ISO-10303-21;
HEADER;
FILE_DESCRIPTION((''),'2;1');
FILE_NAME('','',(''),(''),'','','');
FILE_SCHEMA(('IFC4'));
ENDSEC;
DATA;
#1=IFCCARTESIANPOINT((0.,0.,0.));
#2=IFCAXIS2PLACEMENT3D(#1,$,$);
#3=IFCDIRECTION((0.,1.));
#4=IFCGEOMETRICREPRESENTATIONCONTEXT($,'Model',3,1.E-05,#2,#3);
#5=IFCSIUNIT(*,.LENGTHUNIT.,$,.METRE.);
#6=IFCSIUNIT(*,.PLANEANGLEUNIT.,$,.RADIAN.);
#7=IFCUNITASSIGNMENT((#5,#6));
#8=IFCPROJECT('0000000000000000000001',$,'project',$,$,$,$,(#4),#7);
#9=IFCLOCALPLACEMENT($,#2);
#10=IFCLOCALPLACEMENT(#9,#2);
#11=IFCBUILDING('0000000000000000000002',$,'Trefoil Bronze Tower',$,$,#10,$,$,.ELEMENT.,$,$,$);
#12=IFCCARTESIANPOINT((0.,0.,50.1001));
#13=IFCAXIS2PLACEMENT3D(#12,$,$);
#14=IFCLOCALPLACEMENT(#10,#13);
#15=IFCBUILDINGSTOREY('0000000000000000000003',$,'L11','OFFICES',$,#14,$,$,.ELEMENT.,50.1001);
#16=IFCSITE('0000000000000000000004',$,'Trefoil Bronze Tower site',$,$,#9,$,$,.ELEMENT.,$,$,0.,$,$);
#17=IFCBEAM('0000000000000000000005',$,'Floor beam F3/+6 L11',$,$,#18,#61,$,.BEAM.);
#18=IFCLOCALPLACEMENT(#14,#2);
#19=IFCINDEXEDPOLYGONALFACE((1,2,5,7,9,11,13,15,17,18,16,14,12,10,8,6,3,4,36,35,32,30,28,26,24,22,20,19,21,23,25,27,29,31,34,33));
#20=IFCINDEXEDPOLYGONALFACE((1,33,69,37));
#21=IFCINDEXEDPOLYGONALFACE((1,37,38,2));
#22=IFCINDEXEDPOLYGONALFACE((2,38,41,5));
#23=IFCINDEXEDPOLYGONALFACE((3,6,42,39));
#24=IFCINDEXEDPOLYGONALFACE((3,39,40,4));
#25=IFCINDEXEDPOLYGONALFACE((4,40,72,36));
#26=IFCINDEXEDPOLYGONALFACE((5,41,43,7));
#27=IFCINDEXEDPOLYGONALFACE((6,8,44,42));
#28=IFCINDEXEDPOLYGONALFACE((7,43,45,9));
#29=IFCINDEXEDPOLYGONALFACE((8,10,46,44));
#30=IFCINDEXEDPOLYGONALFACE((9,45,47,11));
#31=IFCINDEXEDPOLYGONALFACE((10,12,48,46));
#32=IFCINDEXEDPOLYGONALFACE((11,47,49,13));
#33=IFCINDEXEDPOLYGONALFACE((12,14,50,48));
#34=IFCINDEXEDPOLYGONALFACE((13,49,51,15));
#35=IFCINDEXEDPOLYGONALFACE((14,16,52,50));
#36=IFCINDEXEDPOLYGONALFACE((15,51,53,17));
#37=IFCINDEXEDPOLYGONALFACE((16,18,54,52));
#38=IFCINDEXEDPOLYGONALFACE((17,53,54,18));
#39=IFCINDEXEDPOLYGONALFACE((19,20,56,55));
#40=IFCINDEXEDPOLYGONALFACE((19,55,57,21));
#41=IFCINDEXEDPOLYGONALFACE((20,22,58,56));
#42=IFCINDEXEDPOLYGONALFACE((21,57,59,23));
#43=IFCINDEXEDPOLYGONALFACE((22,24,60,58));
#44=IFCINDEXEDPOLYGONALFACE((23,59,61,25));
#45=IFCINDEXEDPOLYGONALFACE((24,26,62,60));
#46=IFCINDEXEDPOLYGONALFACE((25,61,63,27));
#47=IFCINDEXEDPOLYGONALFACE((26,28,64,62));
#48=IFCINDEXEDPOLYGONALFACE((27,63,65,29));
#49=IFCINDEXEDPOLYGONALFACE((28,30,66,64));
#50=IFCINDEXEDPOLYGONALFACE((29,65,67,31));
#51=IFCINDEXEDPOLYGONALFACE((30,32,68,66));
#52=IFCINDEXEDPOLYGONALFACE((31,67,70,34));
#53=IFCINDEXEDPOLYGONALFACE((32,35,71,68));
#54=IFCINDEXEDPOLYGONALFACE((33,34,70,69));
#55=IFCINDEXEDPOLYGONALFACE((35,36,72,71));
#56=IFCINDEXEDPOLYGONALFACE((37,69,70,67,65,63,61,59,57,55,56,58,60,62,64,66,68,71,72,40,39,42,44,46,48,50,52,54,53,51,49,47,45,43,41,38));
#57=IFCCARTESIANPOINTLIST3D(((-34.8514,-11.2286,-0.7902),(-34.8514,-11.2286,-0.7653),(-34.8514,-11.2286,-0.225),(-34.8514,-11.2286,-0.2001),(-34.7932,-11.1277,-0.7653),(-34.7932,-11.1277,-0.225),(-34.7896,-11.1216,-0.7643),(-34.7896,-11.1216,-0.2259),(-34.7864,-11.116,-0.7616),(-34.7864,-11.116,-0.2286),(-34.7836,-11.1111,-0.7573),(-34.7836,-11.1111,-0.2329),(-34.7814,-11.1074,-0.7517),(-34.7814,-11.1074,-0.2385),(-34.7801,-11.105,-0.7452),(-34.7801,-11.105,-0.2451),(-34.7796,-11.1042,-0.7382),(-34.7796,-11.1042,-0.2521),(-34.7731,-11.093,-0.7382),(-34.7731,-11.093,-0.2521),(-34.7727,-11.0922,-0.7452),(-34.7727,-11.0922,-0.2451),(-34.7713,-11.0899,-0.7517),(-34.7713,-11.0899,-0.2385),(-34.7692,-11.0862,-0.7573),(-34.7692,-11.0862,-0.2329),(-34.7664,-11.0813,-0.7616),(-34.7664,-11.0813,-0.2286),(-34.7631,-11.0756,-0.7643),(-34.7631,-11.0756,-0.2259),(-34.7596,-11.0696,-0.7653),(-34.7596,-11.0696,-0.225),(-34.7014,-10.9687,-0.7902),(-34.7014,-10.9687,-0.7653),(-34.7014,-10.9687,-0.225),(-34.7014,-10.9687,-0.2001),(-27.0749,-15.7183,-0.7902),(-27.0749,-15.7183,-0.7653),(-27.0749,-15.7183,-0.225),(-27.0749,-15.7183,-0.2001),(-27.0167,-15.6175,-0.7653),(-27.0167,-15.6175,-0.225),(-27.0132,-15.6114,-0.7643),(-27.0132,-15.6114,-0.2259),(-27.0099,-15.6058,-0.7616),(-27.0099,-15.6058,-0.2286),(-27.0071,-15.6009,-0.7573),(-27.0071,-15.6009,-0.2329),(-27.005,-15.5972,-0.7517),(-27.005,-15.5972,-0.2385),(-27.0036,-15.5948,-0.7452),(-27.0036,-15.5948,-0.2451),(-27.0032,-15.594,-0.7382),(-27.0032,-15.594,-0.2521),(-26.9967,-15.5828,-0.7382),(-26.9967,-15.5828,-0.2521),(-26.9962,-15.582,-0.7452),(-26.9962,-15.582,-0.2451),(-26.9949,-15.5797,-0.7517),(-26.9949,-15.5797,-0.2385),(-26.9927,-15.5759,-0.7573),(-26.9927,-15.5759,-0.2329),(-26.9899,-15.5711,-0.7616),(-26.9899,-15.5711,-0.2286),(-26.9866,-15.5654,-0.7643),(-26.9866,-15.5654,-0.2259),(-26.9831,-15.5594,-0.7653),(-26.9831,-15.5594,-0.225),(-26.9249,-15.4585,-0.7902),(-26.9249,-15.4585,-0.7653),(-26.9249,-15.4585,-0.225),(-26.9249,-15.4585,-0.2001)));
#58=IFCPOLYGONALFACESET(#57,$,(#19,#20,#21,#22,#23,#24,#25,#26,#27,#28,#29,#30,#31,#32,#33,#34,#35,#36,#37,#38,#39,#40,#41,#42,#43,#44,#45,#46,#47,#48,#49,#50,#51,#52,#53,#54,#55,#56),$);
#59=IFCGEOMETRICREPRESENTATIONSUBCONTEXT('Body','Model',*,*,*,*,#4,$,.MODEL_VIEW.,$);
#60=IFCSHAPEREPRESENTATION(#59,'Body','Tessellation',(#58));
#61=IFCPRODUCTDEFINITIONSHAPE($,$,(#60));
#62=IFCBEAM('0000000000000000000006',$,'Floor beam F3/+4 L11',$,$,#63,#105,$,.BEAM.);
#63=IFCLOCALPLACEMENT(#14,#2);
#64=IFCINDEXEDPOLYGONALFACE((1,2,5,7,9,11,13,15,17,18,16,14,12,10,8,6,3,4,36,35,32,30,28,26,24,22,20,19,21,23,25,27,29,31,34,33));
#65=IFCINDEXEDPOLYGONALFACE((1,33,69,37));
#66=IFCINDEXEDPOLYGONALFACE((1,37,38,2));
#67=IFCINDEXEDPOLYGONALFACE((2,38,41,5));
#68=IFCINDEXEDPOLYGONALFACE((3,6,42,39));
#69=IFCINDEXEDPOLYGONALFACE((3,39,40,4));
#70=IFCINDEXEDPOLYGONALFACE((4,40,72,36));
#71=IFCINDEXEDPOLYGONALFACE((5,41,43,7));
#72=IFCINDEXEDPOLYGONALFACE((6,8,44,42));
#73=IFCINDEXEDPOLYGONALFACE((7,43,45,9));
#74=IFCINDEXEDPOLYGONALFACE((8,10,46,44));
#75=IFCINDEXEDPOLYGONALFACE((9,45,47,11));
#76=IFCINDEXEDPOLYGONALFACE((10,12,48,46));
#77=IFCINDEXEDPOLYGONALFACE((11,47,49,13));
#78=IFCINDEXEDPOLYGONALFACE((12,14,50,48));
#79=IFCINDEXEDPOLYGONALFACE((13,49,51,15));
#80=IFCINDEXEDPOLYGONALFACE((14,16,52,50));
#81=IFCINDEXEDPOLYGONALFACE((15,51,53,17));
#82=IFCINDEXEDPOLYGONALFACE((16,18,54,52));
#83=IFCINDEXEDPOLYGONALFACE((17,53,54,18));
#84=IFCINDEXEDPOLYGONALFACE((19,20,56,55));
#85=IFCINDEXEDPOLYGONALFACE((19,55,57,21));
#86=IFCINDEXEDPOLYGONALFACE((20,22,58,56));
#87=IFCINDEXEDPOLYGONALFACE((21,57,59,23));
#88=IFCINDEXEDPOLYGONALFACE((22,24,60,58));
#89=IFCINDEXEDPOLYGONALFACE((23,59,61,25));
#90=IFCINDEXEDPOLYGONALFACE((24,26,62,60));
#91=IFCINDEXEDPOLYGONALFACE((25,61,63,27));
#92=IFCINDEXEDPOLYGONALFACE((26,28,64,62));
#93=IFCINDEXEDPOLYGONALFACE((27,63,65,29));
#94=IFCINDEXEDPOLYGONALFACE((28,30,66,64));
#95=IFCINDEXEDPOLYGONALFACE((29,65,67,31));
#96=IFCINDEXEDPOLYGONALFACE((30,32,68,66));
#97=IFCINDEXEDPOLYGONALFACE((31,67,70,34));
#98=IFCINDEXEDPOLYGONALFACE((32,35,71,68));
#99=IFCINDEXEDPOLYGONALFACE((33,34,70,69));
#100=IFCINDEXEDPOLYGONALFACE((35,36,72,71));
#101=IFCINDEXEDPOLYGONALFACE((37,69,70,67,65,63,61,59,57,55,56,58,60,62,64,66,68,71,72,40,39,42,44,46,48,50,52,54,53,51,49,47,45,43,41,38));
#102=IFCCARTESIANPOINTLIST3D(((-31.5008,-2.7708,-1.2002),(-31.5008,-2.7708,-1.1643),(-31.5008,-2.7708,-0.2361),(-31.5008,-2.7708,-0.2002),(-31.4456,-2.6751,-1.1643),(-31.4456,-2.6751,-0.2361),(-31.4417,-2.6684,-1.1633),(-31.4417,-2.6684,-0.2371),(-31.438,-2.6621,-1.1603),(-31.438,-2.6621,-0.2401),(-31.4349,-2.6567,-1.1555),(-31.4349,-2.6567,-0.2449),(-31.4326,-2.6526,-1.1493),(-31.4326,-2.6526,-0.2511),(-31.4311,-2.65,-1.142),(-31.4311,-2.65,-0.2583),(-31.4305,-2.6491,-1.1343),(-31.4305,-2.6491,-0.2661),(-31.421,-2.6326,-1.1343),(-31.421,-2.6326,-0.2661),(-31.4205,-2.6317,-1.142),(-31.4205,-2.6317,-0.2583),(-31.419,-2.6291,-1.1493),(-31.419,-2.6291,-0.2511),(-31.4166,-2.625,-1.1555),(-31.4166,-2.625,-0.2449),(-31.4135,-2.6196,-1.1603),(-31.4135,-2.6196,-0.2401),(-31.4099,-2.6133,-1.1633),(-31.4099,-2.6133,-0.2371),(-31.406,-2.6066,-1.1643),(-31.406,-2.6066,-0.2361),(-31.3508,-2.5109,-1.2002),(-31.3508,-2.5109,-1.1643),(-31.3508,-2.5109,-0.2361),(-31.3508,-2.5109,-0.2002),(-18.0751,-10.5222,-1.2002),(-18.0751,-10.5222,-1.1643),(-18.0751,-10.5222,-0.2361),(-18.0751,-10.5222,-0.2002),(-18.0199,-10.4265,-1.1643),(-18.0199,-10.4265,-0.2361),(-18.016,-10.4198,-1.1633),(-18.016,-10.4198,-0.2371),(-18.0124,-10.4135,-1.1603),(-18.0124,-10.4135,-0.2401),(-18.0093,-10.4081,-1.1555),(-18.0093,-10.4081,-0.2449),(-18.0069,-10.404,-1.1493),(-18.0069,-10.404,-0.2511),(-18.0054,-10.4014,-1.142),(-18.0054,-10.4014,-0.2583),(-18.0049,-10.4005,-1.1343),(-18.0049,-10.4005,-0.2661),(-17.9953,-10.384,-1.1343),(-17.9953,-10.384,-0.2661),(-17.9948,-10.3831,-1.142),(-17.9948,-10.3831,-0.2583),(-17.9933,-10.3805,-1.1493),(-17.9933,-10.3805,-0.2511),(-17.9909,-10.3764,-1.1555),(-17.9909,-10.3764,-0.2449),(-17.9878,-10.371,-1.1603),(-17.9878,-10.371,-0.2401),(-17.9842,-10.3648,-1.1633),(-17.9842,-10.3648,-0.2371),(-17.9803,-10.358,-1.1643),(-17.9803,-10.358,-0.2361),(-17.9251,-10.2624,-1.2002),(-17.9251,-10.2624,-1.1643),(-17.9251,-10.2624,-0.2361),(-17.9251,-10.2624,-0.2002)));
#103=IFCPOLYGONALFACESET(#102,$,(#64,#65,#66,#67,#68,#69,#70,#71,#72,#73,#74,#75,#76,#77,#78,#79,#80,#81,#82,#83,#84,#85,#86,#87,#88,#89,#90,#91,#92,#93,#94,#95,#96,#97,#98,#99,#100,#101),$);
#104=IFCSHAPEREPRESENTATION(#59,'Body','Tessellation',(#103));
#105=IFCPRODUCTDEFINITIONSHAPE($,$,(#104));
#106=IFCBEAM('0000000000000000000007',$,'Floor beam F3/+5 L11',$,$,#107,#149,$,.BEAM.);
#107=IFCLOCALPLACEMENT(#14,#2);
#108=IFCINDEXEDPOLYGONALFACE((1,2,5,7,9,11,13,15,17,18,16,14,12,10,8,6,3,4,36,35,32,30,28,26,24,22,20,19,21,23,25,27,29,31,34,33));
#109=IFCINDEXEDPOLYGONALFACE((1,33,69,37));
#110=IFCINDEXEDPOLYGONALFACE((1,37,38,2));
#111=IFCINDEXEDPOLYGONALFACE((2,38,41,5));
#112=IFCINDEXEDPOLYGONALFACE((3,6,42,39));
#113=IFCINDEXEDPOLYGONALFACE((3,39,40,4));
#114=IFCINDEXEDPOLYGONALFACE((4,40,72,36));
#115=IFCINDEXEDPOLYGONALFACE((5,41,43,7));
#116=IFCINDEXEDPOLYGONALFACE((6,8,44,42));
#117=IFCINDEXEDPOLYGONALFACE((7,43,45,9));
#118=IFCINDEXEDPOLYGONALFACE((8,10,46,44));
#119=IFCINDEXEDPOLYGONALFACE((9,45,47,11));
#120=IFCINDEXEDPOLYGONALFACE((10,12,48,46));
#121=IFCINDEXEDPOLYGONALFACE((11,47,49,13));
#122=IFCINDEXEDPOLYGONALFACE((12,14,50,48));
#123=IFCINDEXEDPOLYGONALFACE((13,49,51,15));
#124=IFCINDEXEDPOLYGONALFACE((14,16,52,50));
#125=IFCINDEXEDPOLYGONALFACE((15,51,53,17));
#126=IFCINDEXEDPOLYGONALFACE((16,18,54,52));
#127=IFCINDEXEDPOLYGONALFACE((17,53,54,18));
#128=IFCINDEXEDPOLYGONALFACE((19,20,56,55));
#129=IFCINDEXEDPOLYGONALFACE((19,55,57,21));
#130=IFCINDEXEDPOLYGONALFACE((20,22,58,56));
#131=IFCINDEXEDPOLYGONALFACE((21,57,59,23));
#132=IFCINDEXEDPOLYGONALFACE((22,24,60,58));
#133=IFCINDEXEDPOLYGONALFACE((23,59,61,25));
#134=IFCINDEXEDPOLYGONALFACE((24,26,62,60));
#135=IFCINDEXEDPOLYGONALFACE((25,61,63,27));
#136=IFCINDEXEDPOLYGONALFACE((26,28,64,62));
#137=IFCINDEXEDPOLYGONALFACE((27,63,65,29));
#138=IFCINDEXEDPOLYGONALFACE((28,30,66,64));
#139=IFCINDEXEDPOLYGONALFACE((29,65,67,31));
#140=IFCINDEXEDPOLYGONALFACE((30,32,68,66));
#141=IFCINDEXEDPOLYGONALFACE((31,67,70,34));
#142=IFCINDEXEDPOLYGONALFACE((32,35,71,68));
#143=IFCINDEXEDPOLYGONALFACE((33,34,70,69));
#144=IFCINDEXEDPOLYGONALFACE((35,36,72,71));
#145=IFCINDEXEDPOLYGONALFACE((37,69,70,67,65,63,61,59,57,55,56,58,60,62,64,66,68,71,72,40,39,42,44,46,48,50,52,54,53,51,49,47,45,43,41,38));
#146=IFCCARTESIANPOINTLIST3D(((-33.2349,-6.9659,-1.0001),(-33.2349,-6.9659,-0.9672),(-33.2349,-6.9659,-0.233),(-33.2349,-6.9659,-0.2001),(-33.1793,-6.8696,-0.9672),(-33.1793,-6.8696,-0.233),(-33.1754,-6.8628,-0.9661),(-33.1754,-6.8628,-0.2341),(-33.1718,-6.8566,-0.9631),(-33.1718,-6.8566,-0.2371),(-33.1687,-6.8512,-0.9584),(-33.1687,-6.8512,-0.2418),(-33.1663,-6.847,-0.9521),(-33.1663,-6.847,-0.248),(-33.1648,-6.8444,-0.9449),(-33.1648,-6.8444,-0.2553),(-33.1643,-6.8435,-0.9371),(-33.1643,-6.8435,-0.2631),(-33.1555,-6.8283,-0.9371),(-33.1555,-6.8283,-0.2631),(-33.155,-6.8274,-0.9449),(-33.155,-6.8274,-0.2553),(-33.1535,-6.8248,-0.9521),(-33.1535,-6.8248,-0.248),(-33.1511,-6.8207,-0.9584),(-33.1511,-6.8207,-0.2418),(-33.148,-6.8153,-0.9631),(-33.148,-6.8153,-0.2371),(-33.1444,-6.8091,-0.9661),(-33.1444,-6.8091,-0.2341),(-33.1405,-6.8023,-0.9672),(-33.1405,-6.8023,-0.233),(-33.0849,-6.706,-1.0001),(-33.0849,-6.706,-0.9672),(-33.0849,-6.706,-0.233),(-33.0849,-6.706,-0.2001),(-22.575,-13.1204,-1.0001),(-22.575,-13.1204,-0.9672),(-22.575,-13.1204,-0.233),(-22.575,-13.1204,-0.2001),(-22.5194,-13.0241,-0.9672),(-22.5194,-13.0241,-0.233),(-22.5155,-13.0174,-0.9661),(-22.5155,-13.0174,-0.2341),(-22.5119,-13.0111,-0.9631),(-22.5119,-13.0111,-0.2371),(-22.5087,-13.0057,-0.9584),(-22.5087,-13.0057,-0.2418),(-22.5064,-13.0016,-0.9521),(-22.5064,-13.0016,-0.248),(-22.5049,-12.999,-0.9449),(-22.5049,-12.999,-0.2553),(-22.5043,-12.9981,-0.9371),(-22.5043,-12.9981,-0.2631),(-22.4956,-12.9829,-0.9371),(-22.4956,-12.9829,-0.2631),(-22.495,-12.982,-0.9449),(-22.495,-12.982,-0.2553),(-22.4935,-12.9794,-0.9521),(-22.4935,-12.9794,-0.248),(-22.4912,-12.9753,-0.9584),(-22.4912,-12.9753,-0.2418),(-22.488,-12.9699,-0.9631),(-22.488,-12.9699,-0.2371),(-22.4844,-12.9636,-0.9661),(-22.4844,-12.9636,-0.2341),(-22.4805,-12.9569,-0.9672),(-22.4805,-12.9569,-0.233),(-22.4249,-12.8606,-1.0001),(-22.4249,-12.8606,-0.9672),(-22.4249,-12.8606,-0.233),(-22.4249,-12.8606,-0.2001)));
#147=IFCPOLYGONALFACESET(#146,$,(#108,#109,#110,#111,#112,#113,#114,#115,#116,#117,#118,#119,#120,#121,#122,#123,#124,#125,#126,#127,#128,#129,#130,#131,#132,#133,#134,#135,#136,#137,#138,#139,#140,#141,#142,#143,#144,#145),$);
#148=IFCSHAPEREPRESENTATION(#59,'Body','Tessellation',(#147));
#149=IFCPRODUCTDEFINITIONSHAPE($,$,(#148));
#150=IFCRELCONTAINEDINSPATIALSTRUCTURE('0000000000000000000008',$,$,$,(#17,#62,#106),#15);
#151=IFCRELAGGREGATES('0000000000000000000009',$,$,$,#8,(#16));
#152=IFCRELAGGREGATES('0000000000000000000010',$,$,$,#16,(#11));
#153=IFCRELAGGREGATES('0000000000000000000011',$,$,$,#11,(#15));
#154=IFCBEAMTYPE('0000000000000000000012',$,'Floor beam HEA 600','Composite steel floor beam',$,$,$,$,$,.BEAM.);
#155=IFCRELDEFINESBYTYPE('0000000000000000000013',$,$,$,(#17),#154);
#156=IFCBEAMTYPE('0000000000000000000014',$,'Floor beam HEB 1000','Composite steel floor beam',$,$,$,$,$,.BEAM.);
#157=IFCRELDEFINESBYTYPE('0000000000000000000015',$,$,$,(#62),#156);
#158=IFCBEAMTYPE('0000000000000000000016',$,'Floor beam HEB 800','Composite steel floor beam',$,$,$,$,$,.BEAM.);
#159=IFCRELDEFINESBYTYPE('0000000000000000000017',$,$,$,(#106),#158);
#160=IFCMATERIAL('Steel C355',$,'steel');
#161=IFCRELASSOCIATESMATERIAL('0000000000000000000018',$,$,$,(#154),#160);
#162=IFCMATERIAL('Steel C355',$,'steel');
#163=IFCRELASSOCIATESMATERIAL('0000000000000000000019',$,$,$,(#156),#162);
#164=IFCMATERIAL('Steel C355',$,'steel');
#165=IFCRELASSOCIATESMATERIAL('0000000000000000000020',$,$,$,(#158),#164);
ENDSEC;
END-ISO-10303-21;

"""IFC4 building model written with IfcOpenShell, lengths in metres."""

from ifc_helpers import new_model, si_unit, direction, frame, origin, origin_2d, place, context, subcontext, project, spatial, i_section, extrude, material, material_profile, profile_set, type_object, element, save


model = new_model("IFC4")

# Units and contexts
model_context = context("Model", 3, precision=1e-05, world=origin(), true_north=direction((0.0, 1.0)))
body_context = subcontext(model_context, "Body", "Model", "MODEL_VIEW")
ifc_project = project(units=[si_unit("LENGTHUNIT", "METRE"), si_unit("PLANEANGLEUNIT", "RADIAN")], contexts=[model_context])

# Site, building, storey
site_placement = place(None, origin())
site = spatial("IfcSite", under=ifc_project, at=site_placement, Name="Trefoil Bronze Tower site", CompositionType="ELEMENT", RefElevation=0.0)
building_placement = place(site_placement, origin())
building = spatial("IfcBuilding", under=site, at=building_placement, Name="Trefoil Bronze Tower", CompositionType="ELEMENT")
storey_placement = place(building_placement, frame((0.0, 0.0, 50.1001)))
storey = spatial("IfcBuildingStorey", under=building, at=storey_placement, Name="L11", Description="OFFICES", CompositionType="ELEMENT", Elevation=50.1001)

# Beams
ifc_material_1 = material(Name="Steel C355", Category="steel")
ifc_material_profile_1 = material_profile(ifc_material_1, i_section(OverallWidth=0.3, OverallDepth=0.5901, WebThickness=0.0129, FlangeThickness=0.0249, FilletRadius=0.0271, at=origin_2d()), Name="HEA 600")
ifc_profile_set_1 = profile_set([ifc_material_profile_1], Name="Steel C355")
beam_type_1 = type_object("IfcBeamType", Name="Floor beam HEA 600", Description="Composite steel floor beam", PredefinedType="BEAM", material=ifc_profile_set_1)
beam_1_placement = place(storey_placement, frame((-34.7764, -11.0986, -0.4951), z_axis=(0.866023, -0.500005, 0.0), x_axis=(0.500005, 0.866023, 0.0)))
element("IfcBeam", 1, at=beam_1_placement, inside=storey, type_object=beam_type_1, Name="Floor beam F3/+6 L11", PredefinedType="BEAM", context=body_context, shape_type="SweptSolid", body=[
    extrude(i_section(OverallWidth=0.3, OverallDepth=0.5901, WebThickness=0.0129, FlangeThickness=0.0249, FilletRadius=0.0271, at=origin_2d()), origin(), (0.0, 0.0, 1.0), 8.9795),
])
ifc_material_2 = material(Name="Steel C355", Category="steel")
ifc_material_profile_2 = material_profile(ifc_material_2, i_section(OverallWidth=0.3, OverallDepth=1.0, WebThickness=0.019, FlangeThickness=0.0359, FilletRadius=0.03, at=origin_2d()), Name="HEB 1000")
ifc_profile_set_2 = profile_set([ifc_material_profile_2], Name="Steel C355")
beam_type_2 = type_object("IfcBeamType", Name="Floor beam HEB 1000", Description="Composite steel floor beam", PredefinedType="BEAM", material=ifc_profile_set_2)
beam_2_placement = place(storey_placement, frame((-31.4258, -2.6409, -0.7002), z_axis=(0.866023, -0.500004, 0.0), x_axis=(0.500004, 0.866023, 0.0)))
element("IfcBeam", 2, at=beam_2_placement, inside=storey, type_object=beam_type_2, Name="Floor beam F3/+4 L11", PredefinedType="BEAM", context=body_context, shape_type="SweptSolid", body=[
    extrude(i_section(OverallWidth=0.3, OverallDepth=1.0, WebThickness=0.019, FlangeThickness=0.0359, FilletRadius=0.03, at=origin_2d()), origin(), (0.0, 0.0, 1.0), 15.5027),
])
ifc_material_3 = material(Name="Steel C355", Category="steel")
ifc_material_profile_3 = material_profile(ifc_material_3, i_section(OverallWidth=0.3, OverallDepth=0.8, WebThickness=0.0176, FlangeThickness=0.033, FilletRadius=0.03, at=origin_2d()), Name="HEB 800")
ifc_profile_set_3 = profile_set([ifc_material_profile_3], Name="Steel C355")
beam_type_3 = type_object("IfcBeamType", Name="Floor beam HEB 800", Description="Composite steel floor beam", PredefinedType="BEAM", material=ifc_profile_set_3)
beam_3_placement = place(storey_placement, frame((-33.1599, -6.8359, -0.6001), z_axis=(0.866024, -0.500002, 0.0), x_axis=(0.500002, 0.866024, 0.0)))
element("IfcBeam", 3, at=beam_3_placement, inside=storey, type_object=beam_type_3, Name="Floor beam F3/+5 L11", PredefinedType="BEAM", context=body_context, shape_type="SweptSolid", body=[
    extrude(i_section(OverallWidth=0.3, OverallDepth=0.8, WebThickness=0.0176, FlangeThickness=0.033, FilletRadius=0.03, at=origin_2d()), origin(), (0.0, 0.0, 1.0), 12.3091),
])

save(model, "model.ifc")
